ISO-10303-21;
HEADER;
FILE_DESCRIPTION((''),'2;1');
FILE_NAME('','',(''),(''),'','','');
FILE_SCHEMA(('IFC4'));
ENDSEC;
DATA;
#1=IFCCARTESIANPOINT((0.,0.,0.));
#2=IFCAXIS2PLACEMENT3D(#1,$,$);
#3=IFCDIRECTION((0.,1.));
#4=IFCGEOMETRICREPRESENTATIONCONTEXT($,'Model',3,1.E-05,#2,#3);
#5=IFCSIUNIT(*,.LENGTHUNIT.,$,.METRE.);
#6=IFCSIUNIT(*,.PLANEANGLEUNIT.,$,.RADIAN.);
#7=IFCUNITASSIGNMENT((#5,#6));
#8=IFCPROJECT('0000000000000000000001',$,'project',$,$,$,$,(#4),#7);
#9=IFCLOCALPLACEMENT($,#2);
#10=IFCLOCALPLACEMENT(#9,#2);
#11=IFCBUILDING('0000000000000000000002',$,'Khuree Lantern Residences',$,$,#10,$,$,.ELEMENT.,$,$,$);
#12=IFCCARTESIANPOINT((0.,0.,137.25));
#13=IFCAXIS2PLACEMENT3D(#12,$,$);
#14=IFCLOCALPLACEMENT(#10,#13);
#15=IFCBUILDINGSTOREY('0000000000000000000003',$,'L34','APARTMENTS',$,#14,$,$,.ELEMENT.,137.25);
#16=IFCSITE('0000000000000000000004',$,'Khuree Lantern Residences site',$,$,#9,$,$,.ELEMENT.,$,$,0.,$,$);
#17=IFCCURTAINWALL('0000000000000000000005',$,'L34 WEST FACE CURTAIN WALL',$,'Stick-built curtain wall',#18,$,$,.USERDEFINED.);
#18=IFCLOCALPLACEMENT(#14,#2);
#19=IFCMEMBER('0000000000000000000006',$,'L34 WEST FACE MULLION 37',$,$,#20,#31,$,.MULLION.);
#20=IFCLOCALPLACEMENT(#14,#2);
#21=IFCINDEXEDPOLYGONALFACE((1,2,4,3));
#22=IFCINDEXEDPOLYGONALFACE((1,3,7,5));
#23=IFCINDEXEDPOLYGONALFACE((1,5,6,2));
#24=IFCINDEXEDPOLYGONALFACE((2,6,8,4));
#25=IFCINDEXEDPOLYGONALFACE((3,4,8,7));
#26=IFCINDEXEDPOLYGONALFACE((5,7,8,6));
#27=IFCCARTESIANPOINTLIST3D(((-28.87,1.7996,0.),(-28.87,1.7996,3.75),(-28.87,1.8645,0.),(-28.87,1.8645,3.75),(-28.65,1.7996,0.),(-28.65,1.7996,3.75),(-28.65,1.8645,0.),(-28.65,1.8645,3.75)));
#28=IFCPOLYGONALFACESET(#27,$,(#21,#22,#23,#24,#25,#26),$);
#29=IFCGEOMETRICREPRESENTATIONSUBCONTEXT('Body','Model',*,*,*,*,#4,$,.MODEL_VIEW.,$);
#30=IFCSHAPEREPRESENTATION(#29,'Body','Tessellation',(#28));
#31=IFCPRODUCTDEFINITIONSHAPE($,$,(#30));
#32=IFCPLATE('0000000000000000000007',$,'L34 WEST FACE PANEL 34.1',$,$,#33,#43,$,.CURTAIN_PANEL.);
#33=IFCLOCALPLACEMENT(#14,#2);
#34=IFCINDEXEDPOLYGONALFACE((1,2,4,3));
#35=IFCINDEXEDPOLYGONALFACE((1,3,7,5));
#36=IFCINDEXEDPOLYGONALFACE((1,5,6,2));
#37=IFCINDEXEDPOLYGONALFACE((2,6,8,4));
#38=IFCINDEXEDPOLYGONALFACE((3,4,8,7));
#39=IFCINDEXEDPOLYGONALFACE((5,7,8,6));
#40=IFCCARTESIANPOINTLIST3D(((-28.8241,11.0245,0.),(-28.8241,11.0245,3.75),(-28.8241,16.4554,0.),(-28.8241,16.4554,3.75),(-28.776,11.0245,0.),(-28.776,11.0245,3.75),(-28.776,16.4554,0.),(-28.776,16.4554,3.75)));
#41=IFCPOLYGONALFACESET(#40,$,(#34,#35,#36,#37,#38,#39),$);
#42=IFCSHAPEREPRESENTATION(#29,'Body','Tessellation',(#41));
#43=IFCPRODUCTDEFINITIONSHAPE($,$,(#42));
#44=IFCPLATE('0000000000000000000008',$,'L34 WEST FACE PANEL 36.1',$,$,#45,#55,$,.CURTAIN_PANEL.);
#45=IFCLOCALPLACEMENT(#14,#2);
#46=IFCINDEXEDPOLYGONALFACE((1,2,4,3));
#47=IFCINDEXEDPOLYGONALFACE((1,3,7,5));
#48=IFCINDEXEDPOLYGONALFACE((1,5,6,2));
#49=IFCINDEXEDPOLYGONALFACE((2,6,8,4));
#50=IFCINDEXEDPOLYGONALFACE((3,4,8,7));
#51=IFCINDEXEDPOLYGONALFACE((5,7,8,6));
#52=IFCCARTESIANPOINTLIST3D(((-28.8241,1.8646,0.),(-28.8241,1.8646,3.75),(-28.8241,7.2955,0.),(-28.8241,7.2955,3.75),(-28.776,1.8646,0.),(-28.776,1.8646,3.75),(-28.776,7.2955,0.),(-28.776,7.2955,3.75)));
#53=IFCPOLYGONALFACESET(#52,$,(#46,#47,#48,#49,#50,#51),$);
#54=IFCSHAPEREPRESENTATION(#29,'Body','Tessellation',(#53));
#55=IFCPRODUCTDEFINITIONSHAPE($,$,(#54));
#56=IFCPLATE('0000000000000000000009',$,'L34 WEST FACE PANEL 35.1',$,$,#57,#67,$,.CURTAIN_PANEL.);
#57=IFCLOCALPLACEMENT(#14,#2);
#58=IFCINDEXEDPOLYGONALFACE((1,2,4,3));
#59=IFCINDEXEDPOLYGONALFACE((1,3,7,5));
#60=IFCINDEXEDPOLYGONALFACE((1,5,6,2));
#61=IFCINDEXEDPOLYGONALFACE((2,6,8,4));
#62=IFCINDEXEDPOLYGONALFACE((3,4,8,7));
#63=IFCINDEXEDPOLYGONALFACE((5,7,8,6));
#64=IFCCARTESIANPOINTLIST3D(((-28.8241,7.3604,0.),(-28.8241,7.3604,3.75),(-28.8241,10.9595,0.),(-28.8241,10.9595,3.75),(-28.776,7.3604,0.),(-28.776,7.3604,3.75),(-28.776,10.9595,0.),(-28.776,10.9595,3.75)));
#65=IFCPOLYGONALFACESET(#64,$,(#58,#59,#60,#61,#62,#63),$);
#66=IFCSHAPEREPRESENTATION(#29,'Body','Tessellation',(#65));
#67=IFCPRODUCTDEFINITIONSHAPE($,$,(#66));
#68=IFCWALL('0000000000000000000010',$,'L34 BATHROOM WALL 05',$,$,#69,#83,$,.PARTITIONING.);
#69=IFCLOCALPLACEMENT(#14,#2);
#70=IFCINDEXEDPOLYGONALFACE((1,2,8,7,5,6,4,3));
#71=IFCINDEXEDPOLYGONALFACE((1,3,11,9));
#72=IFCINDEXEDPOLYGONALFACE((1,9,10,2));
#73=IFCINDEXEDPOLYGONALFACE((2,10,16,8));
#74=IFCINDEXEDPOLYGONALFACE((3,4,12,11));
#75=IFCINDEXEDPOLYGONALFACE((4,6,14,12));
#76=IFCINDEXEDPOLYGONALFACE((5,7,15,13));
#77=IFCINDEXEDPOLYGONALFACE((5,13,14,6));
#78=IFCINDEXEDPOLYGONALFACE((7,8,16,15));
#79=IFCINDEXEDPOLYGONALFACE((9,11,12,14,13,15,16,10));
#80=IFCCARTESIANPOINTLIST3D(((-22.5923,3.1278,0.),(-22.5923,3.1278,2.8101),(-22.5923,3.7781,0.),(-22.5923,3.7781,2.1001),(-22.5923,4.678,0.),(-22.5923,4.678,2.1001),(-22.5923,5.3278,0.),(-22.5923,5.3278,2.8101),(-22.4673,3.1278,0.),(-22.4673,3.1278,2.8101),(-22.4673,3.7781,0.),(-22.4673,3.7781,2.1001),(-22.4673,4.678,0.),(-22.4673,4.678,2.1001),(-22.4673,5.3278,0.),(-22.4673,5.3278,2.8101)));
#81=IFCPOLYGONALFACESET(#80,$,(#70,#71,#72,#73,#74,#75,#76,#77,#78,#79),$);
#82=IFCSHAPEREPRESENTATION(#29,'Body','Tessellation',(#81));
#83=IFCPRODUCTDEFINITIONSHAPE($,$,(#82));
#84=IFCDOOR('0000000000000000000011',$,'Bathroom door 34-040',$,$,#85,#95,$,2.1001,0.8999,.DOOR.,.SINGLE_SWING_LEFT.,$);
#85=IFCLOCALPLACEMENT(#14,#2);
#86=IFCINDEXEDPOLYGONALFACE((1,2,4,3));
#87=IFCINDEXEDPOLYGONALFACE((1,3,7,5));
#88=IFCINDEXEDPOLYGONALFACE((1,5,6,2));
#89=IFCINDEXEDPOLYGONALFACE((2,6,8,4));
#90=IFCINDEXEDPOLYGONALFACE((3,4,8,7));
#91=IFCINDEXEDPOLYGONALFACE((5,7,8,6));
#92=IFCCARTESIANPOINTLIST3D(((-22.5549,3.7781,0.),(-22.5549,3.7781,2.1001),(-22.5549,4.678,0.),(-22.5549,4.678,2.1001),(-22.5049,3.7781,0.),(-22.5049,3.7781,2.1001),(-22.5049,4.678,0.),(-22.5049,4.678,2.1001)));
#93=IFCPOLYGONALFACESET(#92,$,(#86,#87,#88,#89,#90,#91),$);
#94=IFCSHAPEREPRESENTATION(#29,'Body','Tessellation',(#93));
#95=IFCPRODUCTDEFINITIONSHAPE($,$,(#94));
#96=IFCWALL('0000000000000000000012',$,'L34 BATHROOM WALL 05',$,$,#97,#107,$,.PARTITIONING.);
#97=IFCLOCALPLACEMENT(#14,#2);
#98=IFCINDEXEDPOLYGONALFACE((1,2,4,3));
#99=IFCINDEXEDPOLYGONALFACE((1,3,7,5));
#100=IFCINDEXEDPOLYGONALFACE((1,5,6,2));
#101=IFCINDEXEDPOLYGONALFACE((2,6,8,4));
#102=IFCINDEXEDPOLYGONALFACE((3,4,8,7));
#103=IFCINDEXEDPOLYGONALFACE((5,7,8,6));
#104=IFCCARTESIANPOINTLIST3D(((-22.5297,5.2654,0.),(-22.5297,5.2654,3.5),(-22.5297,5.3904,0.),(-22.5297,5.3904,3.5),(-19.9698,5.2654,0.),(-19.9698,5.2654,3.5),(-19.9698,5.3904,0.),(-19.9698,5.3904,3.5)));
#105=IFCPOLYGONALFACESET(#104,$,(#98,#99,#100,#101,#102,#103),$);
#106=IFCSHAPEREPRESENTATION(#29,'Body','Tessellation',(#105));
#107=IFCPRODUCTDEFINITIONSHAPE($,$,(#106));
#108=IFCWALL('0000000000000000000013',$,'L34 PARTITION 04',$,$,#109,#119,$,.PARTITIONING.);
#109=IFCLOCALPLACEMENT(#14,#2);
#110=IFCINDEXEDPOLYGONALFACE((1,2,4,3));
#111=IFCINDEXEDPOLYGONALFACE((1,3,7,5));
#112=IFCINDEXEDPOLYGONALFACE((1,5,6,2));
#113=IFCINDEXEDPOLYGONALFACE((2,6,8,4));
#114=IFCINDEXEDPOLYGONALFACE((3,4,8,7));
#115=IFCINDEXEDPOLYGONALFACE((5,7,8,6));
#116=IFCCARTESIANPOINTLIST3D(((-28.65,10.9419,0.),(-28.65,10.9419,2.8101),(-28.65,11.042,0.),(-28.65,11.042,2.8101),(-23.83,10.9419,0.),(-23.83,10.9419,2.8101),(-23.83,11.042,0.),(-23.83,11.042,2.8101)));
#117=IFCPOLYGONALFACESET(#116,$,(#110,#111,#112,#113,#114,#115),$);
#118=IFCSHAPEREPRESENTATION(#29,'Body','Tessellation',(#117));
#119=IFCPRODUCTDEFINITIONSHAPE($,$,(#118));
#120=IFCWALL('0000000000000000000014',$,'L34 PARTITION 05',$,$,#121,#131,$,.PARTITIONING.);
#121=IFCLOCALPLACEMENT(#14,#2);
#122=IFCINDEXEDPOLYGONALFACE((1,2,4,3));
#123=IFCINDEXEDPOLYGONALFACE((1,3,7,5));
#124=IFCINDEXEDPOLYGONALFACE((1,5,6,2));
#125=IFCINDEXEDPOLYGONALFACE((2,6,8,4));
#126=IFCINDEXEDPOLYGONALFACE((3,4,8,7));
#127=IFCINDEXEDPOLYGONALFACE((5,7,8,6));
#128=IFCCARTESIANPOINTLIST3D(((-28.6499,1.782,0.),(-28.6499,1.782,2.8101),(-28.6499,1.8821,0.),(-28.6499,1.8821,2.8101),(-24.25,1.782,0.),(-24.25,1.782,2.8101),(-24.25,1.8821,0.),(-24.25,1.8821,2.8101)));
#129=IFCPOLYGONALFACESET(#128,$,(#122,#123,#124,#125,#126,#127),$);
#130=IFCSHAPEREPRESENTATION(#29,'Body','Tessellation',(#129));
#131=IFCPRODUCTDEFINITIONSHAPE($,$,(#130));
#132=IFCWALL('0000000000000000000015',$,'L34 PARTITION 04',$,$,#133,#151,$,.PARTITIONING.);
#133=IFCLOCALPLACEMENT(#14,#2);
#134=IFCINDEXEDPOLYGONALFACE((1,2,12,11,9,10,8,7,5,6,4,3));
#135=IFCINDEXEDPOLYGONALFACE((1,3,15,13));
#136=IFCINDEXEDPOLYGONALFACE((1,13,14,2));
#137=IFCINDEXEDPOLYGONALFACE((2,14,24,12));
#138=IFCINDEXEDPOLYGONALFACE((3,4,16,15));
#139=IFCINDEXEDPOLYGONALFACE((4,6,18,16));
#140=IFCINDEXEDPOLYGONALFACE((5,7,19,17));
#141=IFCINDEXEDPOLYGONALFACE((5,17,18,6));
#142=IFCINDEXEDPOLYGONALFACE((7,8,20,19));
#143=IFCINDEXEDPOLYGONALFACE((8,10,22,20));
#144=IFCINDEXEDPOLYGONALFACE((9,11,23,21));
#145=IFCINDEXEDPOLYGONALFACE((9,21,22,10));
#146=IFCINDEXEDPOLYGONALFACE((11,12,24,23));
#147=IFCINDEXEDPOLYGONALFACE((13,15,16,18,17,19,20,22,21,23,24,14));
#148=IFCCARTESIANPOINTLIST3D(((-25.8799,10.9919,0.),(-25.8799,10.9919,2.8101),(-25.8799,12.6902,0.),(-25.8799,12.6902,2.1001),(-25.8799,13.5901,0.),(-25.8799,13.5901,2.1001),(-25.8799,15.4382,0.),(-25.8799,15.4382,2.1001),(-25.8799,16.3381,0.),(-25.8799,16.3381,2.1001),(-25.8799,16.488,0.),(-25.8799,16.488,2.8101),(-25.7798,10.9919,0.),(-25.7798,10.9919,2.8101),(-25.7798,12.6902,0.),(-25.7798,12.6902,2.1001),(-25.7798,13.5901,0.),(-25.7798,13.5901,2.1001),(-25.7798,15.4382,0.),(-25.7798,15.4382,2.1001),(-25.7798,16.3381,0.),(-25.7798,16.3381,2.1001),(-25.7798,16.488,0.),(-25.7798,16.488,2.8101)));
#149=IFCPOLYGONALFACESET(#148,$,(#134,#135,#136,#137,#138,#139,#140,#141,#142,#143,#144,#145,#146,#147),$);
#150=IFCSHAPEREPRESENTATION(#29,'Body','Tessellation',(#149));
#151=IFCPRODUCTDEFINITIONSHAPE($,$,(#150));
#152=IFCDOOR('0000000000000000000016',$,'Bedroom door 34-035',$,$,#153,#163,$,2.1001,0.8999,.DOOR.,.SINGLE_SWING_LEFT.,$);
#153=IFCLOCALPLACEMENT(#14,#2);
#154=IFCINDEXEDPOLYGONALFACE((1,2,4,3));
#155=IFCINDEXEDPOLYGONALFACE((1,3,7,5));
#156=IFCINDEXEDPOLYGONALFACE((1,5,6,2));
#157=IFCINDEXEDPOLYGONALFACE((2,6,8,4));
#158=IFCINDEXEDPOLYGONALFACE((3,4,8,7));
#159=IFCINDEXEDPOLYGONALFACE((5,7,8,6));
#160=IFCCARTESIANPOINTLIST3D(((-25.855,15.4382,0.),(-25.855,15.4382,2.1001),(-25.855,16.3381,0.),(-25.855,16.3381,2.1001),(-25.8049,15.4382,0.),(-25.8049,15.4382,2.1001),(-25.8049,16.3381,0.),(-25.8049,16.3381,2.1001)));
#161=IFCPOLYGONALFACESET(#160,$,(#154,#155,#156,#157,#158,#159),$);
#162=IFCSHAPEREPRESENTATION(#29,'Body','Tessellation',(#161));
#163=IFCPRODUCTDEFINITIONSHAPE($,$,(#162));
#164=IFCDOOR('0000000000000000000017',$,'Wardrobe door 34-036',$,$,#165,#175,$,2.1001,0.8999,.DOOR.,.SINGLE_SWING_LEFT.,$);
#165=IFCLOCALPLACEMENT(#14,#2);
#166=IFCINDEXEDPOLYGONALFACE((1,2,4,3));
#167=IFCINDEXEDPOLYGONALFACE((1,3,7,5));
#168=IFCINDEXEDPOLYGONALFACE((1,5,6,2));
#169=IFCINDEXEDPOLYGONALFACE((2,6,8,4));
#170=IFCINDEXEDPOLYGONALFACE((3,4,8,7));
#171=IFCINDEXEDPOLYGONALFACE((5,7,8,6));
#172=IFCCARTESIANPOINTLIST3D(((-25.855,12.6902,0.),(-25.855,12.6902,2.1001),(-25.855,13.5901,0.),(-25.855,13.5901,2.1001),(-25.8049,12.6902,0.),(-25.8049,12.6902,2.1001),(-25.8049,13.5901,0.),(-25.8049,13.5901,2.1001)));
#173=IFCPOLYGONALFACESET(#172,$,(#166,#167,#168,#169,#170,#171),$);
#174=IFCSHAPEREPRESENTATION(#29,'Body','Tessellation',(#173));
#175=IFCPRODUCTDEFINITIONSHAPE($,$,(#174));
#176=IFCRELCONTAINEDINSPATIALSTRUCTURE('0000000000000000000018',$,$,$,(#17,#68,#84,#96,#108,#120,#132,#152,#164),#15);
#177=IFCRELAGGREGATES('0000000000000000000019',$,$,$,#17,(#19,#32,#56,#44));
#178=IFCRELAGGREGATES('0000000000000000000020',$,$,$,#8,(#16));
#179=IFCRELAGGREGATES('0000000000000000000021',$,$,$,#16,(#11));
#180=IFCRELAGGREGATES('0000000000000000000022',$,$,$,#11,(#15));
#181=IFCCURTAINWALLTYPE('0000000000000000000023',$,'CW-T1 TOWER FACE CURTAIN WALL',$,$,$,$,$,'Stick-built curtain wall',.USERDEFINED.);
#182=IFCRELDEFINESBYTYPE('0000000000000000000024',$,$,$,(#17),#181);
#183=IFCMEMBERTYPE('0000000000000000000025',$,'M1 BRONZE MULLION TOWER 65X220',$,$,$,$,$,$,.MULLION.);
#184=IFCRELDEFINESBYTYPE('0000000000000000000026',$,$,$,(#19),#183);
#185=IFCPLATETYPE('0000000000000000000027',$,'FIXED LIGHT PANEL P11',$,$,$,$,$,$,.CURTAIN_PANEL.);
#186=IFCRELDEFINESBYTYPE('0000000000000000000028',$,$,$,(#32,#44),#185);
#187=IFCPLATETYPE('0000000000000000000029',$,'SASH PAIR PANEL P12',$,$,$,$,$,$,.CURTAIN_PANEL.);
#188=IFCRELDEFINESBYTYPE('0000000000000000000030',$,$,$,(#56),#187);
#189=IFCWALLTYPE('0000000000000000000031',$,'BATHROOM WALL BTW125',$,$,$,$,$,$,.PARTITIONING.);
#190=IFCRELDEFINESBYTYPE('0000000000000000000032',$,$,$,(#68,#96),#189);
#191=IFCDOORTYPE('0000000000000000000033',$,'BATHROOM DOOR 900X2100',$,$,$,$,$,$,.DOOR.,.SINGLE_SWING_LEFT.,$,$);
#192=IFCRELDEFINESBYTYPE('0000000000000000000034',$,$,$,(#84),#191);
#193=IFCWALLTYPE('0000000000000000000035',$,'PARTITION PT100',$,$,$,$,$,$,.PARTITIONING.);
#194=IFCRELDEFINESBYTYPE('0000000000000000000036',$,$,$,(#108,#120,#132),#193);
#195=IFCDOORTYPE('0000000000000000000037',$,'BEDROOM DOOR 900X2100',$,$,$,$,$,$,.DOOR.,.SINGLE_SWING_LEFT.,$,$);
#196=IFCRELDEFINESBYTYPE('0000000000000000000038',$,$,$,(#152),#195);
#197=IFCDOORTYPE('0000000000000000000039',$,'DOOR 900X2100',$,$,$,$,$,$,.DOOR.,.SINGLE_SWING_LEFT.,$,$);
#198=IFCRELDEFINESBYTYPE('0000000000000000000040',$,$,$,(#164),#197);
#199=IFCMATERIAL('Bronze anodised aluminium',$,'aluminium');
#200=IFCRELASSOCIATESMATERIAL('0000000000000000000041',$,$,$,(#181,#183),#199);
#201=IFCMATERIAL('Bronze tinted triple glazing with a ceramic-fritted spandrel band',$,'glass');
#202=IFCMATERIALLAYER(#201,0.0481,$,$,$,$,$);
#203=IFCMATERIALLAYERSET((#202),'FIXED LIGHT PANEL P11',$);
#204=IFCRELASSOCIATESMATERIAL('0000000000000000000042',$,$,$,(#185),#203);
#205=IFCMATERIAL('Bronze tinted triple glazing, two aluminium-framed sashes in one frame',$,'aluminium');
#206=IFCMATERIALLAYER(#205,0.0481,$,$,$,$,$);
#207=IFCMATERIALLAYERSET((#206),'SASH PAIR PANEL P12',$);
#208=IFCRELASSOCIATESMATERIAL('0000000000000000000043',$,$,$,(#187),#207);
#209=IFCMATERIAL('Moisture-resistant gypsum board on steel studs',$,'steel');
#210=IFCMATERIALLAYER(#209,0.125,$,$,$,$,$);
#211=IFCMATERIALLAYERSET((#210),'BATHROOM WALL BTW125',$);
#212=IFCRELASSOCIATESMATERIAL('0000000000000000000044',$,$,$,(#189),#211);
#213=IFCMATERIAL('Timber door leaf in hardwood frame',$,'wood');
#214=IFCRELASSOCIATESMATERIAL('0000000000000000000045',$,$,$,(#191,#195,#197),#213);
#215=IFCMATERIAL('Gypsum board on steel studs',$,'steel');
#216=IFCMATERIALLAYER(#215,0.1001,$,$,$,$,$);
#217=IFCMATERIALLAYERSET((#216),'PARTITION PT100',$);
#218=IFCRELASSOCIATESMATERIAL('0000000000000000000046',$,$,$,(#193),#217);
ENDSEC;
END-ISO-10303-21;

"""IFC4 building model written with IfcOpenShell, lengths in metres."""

from ifc_helpers import new_model, si_unit, direction, frame, frame_2d, origin, origin_2d, place, context, subcontext, project, spatial, rectangle, extrude, material, layer, layer_set, material_profile, profile_set, type_object, element, fill, aggregate, save


model = new_model("IFC4")

# Units and contexts
model_context = context("Model", 3, precision=1e-05, world=origin(), true_north=direction((0.0, 1.0)))
body_context = subcontext(model_context, "Body", "Model", "MODEL_VIEW")
ifc_project = project(units=[si_unit("LENGTHUNIT", "METRE"), si_unit("PLANEANGLEUNIT", "RADIAN")], contexts=[model_context])

# Site, building, storey
site_placement = place(None, origin())
site = spatial("IfcSite", under=ifc_project, at=site_placement, Name="Khuree Lantern Residences site", CompositionType="ELEMENT", RefElevation=0.0)
building_placement = place(site_placement, origin())
building = spatial("IfcBuilding", under=site, at=building_placement, Name="Khuree Lantern Residences", CompositionType="ELEMENT")
storey_placement = place(building_placement, frame((0.0, 0.0, 137.25)))
storey = spatial("IfcBuildingStorey", under=building, at=storey_placement, Name="L34", Description="APARTMENTS", CompositionType="ELEMENT", Elevation=137.25)

# Curtain wall
ifc_material_1 = material(Name="Bronze anodised aluminium", Category="aluminium")
curtain_wall_type = type_object("IfcCurtainWallType", Name="CW-T1 TOWER FACE CURTAIN WALL", ElementType="Stick-built curtain wall", PredefinedType="USERDEFINED", material=ifc_material_1)
curtain_wall_placement = place(storey_placement, origin())
curtain_wall = element("IfcCurtainWall", 1, at=curtain_wall_placement, inside=storey, type_object=curtain_wall_type, Name="L34 WEST FACE CURTAIN WALL", ObjectType="Stick-built curtain wall", PredefinedType="USERDEFINED")

# Member
ifc_material_profile_1 = material_profile(ifc_material_1, rectangle(XDim=0.0649, YDim=0.22, at=origin_2d()), Name="M1 65X220")
ifc_profile_set_1 = profile_set([ifc_material_profile_1], Name="Bronze anodised aluminium")
member_type_1 = type_object("IfcMemberType", Name="M1 BRONZE MULLION TOWER 65X220", PredefinedType="MULLION", material=ifc_profile_set_1)
member_1_placement = place(storey_placement, frame((-28.76, 1.832, 0.0), z_axis=(0.0, 0.0, 1.0), x_axis=(0.0, -1.0, 0.0)))
member_1 = element("IfcMember", 2, at=member_1_placement, type_object=member_type_1, Name="L34 WEST FACE MULLION 37", PredefinedType="MULLION", context=body_context, shape_type="SweptSolid", body=[
    extrude(rectangle(XDim=0.0649, YDim=0.22, at=origin_2d()), origin(), (0.0, 0.0, 1.0), 3.75),
])

# Plates
ifc_material_2 = material(Name="Bronze tinted triple glazing with a ceramic-fritted spandrel band", Category="glass")
ifc_layer_1 = layer(ifc_material_2, 0.0481)
ifc_layer_set_1 = layer_set([ifc_layer_1], Name="FIXED LIGHT PANEL P11")
plate_type_1 = type_object("IfcPlateType", Name="FIXED LIGHT PANEL P11", PredefinedType="CURTAIN_PANEL", material=ifc_layer_set_1)
plate_1_placement = place(storey_placement, frame((-28.8, 13.74, 0.0), z_axis=(0.0, 0.0, 1.0), x_axis=(0.0, -1.0, 0.0)))
plate_1 = element("IfcPlate", 3, at=plate_1_placement, type_object=plate_type_1, Name="L34 WEST FACE PANEL 34.1", PredefinedType="CURTAIN_PANEL", context=body_context, shape_type="SweptSolid", body=[
    extrude(rectangle(XDim=5.4309, YDim=0.0481, at=origin_2d()), origin(), (0.0, 0.0, 1.0), 3.75),
])
plate_2_placement = place(storey_placement, frame((-28.8, 4.5801, 0.0), z_axis=(0.0, 0.0, 1.0), x_axis=(0.0, -1.0, 0.0)))
plate_2 = element("IfcPlate", 4, at=plate_2_placement, type_object=plate_type_1, Name="L34 WEST FACE PANEL 36.1", PredefinedType="CURTAIN_PANEL", context=body_context, shape_type="SweptSolid", body=[
    extrude(rectangle(XDim=5.4309, YDim=0.0481, at=origin_2d()), origin(), (0.0, 0.0, 1.0), 3.75),
])
ifc_material_3 = material(Name="Bronze tinted triple glazing, two aluminium-framed sashes in one frame", Category="aluminium")
ifc_layer_2 = layer(ifc_material_3, 0.0481)
ifc_layer_set_2 = layer_set([ifc_layer_2], Name="SASH PAIR PANEL P12")
plate_type_2 = type_object("IfcPlateType", Name="SASH PAIR PANEL P12", PredefinedType="CURTAIN_PANEL", material=ifc_layer_set_2)
plate_3_placement = place(storey_placement, frame((-28.8, 9.1599, 0.0), z_axis=(0.0, 0.0, 1.0), x_axis=(0.0, -1.0, 0.0)))
plate_3 = element("IfcPlate", 5, at=plate_3_placement, type_object=plate_type_2, Name="L34 WEST FACE PANEL 35.1", PredefinedType="CURTAIN_PANEL", context=body_context, shape_type="SweptSolid", body=[
    extrude(rectangle(XDim=3.5991, YDim=0.0481, at=origin_2d()), origin(), (0.0, 0.0, 1.0), 3.75),
])
aggregate(curtain_wall, [member_1, plate_1, plate_3, plate_2])

# Wall, opening, door
ifc_material_4 = material(Name="Moisture-resistant gypsum board on steel studs", Category="steel")
ifc_layer_3 = layer(ifc_material_4, 0.125)
ifc_layer_set_3 = layer_set([ifc_layer_3], Name="BATHROOM WALL BTW125")
wall_type_1 = type_object("IfcWallType", Name="BATHROOM WALL BTW125", PredefinedType="PARTITIONING", material=ifc_layer_set_3)
wall_1_placement = place(storey_placement, frame((-22.5298, 5.3279, 0.0), z_axis=(0.0, 0.0, 1.0), x_axis=(0.0, -1.0, 0.0)))
wall_1 = element("IfcWall", 6, at=wall_1_placement, inside=storey, type_object=wall_type_1, Name="L34 BATHROOM WALL 05", PredefinedType="PARTITIONING", context=body_context, shape_type="SweptSolid", body=[
    extrude(rectangle(XDim=2.2, YDim=0.125, at=frame_2d((1.1001, 0.0))), origin(), (0.0, 0.0, 1.0), 2.8101),
])
opening_1_placement = place(wall_1_placement, frame((0.6499, 0.0, 0.0)))
opening_1 = element("IfcOpeningElement", 7, at=opening_1_placement, cuts=wall_1, PredefinedType="OPENING", context=body_context, shape_type="SweptSolid", body=[
    extrude(rectangle(XDim=0.8999, YDim=2.1001, at=frame_2d((0.45, 1.05))), frame((0.0, 0.0725, 0.0), z_axis=(0.0, -1.0, 0.0), x_axis=(1.0, 0.0, 0.0)), (0.0, 0.0, 1.0), 0.145),
])
ifc_material_5 = material(Name="Timber door leaf in hardwood frame", Category="wood")
door_type_1 = type_object("IfcDoorType", Name="BATHROOM DOOR 900X2100", OperationType="SINGLE_SWING_LEFT", PredefinedType="DOOR", material=ifc_material_5)
door_1_placement = place(opening_1_placement, origin())
door_1 = element("IfcDoor", 8, at=door_1_placement, inside=storey, type_object=door_type_1, Name="Bathroom door 34-040", OperationType="SINGLE_SWING_LEFT", OverallHeight=2.1001, OverallWidth=0.8999, PredefinedType="DOOR", context=body_context, shape_type="SweptSolid", body=[
    extrude(rectangle(XDim=0.8999, YDim=2.1001, at=frame_2d((0.45, 1.05))), frame((0.0, 0.0249, 0.0), z_axis=(0.0, -1.0, 0.0), x_axis=(1.0, 0.0, 0.0)), (0.0, 0.0, 1.0), 0.05),
])
fill(opening_1, door_1)

# Walls
wall_2_placement = place(storey_placement, frame((-19.97, 5.3279, 0.0), z_axis=(0.0, 0.0, 1.0), x_axis=(-1.0, 0.0, 0.0)))
element("IfcWall", 9, at=wall_2_placement, inside=storey, type_object=wall_type_1, Name="L34 BATHROOM WALL 05", PredefinedType="PARTITIONING", context=body_context, shape_type="SweptSolid", body=[
    extrude(rectangle(XDim=2.5598, YDim=0.125, at=frame_2d((1.2798, 0.0))), origin(), (0.0, 0.0, 1.0), 3.5),
])
ifc_material_6 = material(Name="Gypsum board on steel studs", Category="steel")
ifc_layer_4 = layer(ifc_material_6, 0.1001)
ifc_layer_set_4 = layer_set([ifc_layer_4], Name="PARTITION PT100")
wall_type_2 = type_object("IfcWallType", Name="PARTITION PT100", PredefinedType="PARTITIONING", material=ifc_layer_set_4)
wall_3_placement = place(storey_placement, frame((-23.8298, 10.9919, 0.0), z_axis=(0.0, 0.0, 1.0), x_axis=(-1.0, 0.0, 0.0)))
element("IfcWall", 10, at=wall_3_placement, inside=storey, type_object=wall_type_2, Name="L34 PARTITION 04", PredefinedType="PARTITIONING", context=body_context, shape_type="SweptSolid", body=[
    extrude(rectangle(XDim=4.8201, YDim=0.1001, at=frame_2d((2.4102, 0.0))), origin(), (0.0, 0.0, 1.0), 2.8101),
])
wall_4_placement = place(storey_placement, frame((-24.25, 1.832, 0.0), z_axis=(0.0, 0.0, 1.0), x_axis=(-1.0, 0.0, 0.0)))
element("IfcWall", 11, at=wall_4_placement, inside=storey, type_object=wall_type_2, Name="L34 PARTITION 05", PredefinedType="PARTITIONING", context=body_context, shape_type="SweptSolid", body=[
    extrude(rectangle(XDim=4.3999, YDim=0.1001, at=frame_2d((2.2, 0.0))), origin(), (0.0, 0.0, 1.0), 2.8101),
])

# Wall, openings, doors
wall_5_placement = place(storey_placement, frame((-25.8298, 16.488, 0.0), z_axis=(0.0, 0.0, 1.0), x_axis=(0.0, -1.0, 0.0)))
wall_5 = element("IfcWall", 12, at=wall_5_placement, inside=storey, type_object=wall_type_2, Name="L34 PARTITION 04", PredefinedType="PARTITIONING", context=body_context, shape_type="SweptSolid", body=[
    extrude(rectangle(XDim=5.4961, YDim=0.1001, at=frame_2d((2.748, 0.0))), origin(), (0.0, 0.0, 1.0), 2.8101),
])
opening_2_placement = place(wall_5_placement, frame((0.1499, 0.0, 0.0)))
opening_2 = element("IfcOpeningElement", 13, at=opening_2_placement, cuts=wall_5, PredefinedType="OPENING", context=body_context, shape_type="SweptSolid", body=[
    extrude(rectangle(XDim=0.8999, YDim=2.1001, at=frame_2d((0.45, 1.05))), frame((0.0, 0.0601, 0.0), z_axis=(0.0, -1.0, 0.0), x_axis=(1.0, 0.0, 0.0)), (0.0, 0.0, 1.0), 0.1201),
])
opening_3_placement = place(wall_5_placement, frame((2.8979, 0.0, 0.0)))
opening_3 = element("IfcOpeningElement", 14, at=opening_3_placement, cuts=wall_5, PredefinedType="OPENING", context=body_context, shape_type="SweptSolid", body=[
    extrude(rectangle(XDim=0.8999, YDim=2.1001, at=frame_2d((0.45, 1.05))), frame((0.0, 0.0601, 0.0), z_axis=(0.0, -1.0, 0.0), x_axis=(1.0, 0.0, 0.0)), (0.0, 0.0, 1.0), 0.1201),
])
door_type_2 = type_object("IfcDoorType", Name="BEDROOM DOOR 900X2100", OperationType="SINGLE_SWING_LEFT", PredefinedType="DOOR", material=ifc_material_5)
door_2_placement = place(opening_2_placement, origin())
door_2 = element("IfcDoor", 15, at=door_2_placement, inside=storey, type_object=door_type_2, Name="Bedroom door 34-035", OperationType="SINGLE_SWING_LEFT", OverallHeight=2.1001, OverallWidth=0.8999, PredefinedType="DOOR", context=body_context, shape_type="SweptSolid", body=[
    extrude(rectangle(XDim=0.8999, YDim=2.1001, at=frame_2d((0.45, 1.05))), frame((0.0, 0.0249, 0.0), z_axis=(0.0, -1.0, 0.0), x_axis=(1.0, 0.0, 0.0)), (0.0, 0.0, 1.0), 0.05),
])
fill(opening_2, door_2)
door_type_3 = type_object("IfcDoorType", Name="DOOR 900X2100", OperationType="SINGLE_SWING_LEFT", PredefinedType="DOOR", material=ifc_material_5)
door_3_placement = place(opening_3_placement, origin())
door_3 = element("IfcDoor", 16, at=door_3_placement, inside=storey, type_object=door_type_3, Name="Wardrobe door 34-036", OperationType="SINGLE_SWING_LEFT", OverallHeight=2.1001, OverallWidth=0.8999, PredefinedType="DOOR", context=body_context, shape_type="SweptSolid", body=[
    extrude(rectangle(XDim=0.8999, YDim=2.1001, at=frame_2d((0.45, 1.05))), frame((0.0, 0.0249, 0.0), z_axis=(0.0, -1.0, 0.0), x_axis=(1.0, 0.0, 0.0)), (0.0, 0.0, 1.0), 0.05),
])
fill(opening_3, door_3)

save(model, "model.ifc")
